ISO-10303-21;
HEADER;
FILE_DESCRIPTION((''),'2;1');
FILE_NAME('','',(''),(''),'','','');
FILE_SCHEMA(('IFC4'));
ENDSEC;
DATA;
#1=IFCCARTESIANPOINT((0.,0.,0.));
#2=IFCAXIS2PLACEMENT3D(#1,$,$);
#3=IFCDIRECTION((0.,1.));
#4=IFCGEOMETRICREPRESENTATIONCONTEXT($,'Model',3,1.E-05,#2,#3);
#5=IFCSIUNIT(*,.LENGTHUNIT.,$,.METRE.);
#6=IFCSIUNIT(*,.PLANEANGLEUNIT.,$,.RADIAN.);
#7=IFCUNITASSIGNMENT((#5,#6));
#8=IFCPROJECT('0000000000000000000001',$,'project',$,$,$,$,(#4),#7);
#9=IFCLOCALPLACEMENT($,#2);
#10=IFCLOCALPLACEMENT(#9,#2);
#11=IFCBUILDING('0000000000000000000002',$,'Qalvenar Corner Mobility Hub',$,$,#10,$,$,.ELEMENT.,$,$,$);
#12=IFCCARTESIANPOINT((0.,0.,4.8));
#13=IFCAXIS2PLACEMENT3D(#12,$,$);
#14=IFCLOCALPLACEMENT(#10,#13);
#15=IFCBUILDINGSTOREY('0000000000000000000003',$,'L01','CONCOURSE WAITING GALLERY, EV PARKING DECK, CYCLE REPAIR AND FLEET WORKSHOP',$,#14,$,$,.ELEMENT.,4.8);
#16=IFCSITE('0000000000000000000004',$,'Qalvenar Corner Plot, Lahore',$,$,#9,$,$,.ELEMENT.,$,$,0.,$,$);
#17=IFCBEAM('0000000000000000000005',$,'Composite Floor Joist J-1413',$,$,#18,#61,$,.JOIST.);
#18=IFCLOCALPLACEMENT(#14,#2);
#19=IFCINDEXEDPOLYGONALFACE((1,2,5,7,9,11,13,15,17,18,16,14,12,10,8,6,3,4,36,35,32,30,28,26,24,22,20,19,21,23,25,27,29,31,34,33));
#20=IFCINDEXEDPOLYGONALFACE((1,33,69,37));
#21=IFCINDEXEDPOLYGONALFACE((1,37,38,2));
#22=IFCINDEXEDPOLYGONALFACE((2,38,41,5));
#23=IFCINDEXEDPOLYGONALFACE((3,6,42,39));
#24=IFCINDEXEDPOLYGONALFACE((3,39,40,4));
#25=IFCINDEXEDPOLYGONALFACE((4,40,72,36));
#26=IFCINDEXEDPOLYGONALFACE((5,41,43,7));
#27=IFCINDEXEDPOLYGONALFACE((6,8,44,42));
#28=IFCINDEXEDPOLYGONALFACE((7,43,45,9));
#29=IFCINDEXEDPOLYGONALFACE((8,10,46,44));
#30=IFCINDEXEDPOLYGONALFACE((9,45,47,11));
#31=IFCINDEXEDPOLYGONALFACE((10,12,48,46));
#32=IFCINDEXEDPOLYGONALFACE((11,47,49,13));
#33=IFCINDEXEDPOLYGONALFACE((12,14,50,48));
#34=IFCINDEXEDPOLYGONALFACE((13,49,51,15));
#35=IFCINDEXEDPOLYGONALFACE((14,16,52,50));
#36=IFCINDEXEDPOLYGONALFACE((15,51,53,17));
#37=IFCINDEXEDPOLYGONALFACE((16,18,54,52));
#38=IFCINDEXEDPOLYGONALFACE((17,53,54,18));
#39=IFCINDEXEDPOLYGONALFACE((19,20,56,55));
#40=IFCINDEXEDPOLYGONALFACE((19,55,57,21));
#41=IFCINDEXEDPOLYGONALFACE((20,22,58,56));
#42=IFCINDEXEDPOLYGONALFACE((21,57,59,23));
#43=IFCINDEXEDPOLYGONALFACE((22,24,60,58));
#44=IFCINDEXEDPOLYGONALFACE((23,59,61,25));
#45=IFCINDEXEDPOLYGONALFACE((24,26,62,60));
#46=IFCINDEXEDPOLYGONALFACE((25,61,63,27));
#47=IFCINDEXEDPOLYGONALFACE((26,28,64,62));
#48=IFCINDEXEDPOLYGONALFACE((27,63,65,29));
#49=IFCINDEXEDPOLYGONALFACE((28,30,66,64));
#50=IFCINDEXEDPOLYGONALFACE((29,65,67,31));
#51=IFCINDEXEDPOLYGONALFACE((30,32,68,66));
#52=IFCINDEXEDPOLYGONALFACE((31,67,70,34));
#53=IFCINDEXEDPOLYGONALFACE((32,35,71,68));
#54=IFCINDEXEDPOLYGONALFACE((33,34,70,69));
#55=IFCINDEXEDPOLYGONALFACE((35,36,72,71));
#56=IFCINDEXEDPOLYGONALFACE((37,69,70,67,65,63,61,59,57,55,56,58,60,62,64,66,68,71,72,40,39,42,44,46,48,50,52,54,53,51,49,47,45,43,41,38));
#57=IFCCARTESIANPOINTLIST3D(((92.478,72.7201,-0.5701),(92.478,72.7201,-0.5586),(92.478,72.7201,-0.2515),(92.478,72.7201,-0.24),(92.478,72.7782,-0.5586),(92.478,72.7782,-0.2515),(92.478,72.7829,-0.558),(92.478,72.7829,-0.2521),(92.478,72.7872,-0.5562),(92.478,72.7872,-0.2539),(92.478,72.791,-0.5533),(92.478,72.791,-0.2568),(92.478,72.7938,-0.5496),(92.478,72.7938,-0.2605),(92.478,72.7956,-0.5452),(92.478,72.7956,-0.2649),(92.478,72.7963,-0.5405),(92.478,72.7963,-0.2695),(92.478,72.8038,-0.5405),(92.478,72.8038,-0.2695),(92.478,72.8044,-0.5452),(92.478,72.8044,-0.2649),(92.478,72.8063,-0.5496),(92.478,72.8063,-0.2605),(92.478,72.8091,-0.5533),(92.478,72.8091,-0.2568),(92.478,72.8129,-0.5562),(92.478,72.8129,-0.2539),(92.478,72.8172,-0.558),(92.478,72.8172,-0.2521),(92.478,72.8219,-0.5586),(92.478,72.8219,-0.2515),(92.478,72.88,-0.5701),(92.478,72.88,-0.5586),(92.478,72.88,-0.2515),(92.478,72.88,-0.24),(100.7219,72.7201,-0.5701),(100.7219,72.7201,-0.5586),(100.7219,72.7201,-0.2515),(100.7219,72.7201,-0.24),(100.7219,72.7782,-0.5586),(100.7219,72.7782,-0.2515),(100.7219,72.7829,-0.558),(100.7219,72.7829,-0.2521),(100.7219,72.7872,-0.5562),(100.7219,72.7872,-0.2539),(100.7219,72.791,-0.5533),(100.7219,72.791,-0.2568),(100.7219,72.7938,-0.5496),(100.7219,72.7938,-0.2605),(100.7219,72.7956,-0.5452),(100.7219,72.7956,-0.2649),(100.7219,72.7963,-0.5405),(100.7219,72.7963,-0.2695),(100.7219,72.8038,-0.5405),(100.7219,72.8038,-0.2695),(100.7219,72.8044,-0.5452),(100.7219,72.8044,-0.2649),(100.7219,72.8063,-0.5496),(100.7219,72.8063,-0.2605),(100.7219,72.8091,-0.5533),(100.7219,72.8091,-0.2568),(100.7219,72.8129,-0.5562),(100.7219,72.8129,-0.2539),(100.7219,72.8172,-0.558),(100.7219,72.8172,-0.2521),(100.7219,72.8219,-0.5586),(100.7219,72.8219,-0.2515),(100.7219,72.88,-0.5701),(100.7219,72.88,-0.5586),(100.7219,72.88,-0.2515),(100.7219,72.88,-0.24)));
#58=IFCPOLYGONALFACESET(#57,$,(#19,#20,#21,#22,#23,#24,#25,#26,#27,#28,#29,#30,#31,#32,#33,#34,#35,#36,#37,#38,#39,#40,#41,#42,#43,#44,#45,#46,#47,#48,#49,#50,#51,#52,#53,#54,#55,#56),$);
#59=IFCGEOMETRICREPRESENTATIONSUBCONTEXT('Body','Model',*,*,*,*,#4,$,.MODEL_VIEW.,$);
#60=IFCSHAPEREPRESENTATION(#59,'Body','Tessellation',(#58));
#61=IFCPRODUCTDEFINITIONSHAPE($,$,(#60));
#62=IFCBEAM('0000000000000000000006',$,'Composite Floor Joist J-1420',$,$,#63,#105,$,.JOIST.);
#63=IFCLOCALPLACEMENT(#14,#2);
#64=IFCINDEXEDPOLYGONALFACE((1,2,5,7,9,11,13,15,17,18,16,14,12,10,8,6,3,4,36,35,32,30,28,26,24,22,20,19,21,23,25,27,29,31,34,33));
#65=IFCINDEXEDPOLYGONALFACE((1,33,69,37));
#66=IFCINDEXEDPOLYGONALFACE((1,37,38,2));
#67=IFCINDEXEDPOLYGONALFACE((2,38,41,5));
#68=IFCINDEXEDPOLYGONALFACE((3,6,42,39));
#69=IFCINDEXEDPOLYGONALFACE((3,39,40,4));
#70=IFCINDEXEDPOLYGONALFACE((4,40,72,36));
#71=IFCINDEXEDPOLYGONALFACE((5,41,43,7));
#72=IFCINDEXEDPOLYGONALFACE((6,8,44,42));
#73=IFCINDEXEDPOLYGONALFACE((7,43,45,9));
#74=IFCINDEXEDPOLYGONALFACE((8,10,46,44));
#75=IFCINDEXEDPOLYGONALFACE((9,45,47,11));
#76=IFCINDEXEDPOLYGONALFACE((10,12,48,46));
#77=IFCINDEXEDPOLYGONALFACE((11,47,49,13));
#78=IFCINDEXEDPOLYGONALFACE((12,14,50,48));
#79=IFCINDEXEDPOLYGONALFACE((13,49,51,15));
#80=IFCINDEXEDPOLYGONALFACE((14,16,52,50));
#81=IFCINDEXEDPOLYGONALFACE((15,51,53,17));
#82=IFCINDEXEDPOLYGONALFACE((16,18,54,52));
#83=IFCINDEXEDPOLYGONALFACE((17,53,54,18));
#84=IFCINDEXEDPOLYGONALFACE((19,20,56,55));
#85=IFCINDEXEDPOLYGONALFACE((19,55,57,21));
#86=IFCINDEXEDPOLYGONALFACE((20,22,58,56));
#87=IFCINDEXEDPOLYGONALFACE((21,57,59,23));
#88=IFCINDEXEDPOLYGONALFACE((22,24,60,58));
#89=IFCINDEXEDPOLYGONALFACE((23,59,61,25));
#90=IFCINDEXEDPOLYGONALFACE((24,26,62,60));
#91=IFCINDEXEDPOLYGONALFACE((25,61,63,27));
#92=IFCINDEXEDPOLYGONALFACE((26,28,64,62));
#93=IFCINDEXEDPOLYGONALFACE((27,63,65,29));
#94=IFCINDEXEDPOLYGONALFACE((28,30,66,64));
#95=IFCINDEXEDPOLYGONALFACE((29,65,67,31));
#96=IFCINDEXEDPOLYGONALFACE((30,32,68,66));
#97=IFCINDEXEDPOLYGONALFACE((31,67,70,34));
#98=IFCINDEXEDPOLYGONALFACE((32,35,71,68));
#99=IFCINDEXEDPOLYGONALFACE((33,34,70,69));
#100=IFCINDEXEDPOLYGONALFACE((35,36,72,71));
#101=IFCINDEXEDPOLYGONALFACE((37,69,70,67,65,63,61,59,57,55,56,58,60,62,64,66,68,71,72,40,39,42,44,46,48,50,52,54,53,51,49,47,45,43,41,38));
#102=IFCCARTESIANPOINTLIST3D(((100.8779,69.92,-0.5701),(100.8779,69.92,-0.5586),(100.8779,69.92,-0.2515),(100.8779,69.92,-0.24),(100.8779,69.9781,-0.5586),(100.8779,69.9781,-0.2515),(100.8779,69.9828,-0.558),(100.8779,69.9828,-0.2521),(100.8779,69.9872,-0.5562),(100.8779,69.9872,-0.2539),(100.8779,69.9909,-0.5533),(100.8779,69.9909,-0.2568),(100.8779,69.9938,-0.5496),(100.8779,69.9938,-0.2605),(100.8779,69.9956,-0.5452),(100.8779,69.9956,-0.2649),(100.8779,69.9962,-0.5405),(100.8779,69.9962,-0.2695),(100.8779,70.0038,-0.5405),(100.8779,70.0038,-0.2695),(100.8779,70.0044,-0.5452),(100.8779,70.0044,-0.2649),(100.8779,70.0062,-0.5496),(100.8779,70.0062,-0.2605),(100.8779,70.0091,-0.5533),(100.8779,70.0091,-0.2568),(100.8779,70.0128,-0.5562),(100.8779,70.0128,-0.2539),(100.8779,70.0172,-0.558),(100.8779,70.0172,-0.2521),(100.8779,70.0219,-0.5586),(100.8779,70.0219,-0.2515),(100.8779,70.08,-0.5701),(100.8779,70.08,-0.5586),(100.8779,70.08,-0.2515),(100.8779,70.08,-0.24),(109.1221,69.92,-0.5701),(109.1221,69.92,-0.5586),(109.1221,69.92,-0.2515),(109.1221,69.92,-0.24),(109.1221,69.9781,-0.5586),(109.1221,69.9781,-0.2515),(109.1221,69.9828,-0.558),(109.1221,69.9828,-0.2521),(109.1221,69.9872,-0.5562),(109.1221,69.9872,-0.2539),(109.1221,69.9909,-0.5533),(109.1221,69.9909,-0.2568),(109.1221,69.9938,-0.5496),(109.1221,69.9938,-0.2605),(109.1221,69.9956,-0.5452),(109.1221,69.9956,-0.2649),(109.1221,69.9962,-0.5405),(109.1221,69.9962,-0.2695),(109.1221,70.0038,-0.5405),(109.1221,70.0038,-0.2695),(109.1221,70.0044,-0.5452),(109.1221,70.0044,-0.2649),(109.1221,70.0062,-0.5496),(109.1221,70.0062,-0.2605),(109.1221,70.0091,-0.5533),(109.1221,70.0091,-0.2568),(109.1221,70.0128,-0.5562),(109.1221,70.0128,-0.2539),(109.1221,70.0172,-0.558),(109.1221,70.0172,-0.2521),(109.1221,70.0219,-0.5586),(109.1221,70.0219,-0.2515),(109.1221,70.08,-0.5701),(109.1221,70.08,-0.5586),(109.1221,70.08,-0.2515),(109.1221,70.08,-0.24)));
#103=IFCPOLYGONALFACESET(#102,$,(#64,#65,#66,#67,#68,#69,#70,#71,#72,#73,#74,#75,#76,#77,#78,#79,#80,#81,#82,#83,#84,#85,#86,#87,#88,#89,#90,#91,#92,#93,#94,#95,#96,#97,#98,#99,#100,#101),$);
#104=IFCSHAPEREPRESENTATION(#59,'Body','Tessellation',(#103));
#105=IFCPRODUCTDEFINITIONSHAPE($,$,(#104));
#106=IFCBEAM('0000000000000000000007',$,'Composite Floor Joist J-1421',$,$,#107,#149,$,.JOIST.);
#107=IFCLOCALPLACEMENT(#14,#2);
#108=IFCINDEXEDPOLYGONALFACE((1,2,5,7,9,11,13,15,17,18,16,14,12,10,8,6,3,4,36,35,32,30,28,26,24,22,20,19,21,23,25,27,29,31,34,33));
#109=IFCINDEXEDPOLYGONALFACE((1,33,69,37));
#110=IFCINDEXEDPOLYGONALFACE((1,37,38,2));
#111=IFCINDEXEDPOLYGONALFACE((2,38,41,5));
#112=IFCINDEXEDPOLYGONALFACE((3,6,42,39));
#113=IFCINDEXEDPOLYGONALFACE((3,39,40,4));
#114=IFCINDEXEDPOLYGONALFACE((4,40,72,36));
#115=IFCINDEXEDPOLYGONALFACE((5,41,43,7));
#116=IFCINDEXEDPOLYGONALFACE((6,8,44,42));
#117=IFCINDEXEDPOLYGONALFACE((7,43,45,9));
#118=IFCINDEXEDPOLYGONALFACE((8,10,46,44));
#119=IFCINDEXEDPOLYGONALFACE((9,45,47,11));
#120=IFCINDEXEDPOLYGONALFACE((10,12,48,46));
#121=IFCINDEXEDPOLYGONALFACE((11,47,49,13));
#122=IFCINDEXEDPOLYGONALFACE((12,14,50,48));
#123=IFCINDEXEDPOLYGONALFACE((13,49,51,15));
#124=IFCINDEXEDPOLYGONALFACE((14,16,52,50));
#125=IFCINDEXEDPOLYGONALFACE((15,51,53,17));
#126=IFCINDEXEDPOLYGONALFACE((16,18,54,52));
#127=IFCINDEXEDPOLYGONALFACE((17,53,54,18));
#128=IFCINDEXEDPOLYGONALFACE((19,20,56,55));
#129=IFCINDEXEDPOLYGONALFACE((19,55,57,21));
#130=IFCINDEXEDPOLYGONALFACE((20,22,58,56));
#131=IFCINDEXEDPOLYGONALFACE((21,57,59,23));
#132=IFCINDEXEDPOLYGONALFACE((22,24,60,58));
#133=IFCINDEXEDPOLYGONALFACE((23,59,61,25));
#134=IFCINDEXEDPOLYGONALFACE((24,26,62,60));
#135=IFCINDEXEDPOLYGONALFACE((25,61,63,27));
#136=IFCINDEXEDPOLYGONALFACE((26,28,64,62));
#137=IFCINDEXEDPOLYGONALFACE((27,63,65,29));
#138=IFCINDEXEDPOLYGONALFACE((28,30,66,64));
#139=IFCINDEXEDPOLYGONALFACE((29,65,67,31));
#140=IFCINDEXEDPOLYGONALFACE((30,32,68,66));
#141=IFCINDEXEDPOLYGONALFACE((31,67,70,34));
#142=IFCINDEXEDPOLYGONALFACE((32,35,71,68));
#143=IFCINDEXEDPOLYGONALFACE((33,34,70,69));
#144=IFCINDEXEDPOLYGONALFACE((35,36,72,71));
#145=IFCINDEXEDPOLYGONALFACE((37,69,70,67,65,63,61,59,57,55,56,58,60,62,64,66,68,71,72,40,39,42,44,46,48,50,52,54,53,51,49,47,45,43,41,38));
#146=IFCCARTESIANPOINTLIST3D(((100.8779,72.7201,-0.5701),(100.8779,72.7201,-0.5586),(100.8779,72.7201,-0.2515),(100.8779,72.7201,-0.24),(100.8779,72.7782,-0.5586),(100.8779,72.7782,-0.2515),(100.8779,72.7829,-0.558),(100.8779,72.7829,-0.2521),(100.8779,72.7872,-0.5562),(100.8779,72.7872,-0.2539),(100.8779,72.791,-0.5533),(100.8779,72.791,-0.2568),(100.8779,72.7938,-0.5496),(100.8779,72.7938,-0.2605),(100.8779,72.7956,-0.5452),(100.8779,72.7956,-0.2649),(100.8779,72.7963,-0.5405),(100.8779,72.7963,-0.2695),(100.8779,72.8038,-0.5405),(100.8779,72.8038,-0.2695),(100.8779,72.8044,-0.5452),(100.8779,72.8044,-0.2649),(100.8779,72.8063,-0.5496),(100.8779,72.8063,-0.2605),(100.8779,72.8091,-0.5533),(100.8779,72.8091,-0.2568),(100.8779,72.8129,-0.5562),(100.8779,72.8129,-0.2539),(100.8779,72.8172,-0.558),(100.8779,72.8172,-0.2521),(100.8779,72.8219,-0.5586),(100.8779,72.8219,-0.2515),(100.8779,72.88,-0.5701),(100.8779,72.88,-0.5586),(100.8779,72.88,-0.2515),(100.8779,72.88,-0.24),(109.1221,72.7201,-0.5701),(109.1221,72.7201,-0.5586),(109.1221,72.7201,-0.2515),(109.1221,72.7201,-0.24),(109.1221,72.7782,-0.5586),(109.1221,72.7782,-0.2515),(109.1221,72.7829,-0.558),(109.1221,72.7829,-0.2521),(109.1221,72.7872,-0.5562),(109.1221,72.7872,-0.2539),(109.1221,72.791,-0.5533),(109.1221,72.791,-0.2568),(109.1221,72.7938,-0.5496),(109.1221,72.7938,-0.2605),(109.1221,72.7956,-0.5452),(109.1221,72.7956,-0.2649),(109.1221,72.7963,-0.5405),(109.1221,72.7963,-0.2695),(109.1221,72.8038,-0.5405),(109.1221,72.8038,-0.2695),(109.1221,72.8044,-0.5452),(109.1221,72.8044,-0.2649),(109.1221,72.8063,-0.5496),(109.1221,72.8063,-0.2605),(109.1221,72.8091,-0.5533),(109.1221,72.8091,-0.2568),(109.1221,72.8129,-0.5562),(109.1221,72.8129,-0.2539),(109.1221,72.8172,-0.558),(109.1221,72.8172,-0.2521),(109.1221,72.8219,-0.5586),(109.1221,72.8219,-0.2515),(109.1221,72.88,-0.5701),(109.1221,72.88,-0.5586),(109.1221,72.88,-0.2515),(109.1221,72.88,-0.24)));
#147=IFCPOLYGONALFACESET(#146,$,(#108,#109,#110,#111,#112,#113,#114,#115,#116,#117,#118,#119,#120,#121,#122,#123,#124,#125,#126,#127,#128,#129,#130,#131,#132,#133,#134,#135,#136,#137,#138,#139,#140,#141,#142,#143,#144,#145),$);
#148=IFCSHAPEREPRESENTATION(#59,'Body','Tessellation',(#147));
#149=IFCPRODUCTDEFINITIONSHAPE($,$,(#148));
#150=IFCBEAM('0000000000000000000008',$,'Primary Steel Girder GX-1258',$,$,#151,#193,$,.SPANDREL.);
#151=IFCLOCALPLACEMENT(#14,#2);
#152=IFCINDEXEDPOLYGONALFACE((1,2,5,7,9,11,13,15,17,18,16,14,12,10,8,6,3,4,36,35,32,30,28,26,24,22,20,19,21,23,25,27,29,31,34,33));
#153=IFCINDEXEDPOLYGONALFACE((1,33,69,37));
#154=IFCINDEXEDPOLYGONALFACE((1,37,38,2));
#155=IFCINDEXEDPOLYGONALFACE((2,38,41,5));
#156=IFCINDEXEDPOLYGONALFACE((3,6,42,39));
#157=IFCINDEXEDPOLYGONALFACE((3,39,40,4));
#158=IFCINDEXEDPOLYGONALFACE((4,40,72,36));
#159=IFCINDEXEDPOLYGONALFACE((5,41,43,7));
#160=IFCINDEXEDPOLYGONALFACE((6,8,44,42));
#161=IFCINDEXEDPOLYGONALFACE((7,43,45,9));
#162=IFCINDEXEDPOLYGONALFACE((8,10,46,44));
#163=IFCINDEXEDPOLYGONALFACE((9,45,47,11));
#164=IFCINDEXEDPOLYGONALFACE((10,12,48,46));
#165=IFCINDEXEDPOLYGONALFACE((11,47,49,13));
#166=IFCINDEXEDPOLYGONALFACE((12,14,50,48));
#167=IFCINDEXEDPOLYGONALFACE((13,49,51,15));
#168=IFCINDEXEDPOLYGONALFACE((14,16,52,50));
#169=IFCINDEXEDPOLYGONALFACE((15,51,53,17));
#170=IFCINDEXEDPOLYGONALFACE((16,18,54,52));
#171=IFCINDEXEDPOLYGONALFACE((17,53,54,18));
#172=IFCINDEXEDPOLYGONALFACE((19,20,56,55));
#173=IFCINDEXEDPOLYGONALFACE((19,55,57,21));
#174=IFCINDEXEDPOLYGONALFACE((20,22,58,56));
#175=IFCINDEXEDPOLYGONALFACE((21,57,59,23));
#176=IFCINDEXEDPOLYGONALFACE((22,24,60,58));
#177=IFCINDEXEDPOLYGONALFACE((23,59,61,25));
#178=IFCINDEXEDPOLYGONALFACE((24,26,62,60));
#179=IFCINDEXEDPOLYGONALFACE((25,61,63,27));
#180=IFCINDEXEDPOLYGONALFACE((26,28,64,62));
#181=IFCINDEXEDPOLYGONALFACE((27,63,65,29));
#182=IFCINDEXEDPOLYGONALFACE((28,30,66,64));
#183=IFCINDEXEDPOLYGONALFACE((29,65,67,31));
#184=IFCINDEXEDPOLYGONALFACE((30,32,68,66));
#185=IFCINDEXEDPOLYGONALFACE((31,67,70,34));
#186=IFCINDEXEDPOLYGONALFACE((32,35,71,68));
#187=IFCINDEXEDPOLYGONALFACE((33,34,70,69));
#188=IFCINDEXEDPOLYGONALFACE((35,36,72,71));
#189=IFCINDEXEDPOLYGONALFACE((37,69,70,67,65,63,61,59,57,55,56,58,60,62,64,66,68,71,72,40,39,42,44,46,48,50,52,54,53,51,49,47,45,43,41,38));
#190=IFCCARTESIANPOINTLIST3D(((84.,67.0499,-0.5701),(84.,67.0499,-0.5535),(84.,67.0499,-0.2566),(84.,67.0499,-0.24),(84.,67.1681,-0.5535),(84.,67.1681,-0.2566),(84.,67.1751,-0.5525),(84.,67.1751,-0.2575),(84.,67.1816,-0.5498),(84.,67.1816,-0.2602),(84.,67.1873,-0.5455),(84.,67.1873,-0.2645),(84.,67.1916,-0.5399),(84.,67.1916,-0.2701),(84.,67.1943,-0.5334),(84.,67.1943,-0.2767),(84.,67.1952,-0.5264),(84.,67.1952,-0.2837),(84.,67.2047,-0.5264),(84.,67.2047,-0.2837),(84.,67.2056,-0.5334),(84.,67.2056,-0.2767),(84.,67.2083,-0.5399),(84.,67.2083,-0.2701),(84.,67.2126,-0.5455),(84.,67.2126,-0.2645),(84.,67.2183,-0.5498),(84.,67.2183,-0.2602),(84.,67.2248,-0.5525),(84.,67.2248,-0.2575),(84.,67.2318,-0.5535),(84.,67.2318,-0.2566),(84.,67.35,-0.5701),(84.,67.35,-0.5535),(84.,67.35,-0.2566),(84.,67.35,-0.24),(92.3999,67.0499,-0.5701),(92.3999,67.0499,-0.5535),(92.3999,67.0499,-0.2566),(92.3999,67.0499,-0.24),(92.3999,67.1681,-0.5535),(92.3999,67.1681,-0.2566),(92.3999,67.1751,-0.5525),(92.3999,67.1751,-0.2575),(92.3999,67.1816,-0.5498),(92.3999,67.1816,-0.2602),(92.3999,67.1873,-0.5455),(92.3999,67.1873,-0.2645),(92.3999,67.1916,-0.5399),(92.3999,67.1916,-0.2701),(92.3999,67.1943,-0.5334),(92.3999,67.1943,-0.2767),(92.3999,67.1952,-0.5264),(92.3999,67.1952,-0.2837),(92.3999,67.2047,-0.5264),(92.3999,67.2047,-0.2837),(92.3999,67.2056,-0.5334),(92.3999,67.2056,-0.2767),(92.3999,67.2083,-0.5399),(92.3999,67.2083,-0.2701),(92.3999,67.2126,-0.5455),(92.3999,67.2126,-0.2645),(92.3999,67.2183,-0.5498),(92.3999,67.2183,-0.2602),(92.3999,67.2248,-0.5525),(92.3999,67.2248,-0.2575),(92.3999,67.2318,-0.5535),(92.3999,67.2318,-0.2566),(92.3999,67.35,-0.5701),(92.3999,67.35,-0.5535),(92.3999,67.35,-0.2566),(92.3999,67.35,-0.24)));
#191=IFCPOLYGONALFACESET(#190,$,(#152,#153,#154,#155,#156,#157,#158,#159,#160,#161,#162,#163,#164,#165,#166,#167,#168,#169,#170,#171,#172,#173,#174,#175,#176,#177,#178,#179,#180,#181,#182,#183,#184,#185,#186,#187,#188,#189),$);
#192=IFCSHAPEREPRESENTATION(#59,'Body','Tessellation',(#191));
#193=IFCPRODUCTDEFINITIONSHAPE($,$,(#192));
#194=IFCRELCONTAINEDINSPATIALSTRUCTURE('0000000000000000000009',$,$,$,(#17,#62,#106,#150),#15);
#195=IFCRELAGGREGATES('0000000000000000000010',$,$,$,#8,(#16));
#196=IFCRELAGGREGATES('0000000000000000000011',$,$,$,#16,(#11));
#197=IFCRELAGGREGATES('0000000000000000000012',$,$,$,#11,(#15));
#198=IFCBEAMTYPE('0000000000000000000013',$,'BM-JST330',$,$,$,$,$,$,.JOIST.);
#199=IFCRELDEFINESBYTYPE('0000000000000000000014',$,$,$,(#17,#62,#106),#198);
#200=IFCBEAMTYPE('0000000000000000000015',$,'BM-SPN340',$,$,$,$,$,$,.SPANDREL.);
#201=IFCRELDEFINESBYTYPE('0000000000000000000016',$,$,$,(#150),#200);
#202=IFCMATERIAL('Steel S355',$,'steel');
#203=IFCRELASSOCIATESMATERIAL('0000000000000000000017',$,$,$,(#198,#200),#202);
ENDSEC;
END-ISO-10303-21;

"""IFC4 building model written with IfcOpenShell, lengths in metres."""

from ifc_helpers import new_model, si_unit, direction, frame, origin, origin_2d, place, context, subcontext, project, spatial, i_section, extrude, material, material_profile, profile_set, type_object, element, save


model = new_model("IFC4")

# Units and contexts
model_context = context("Model", 3, precision=1e-05, world=origin(), true_north=direction((0.0, 1.0)))
body_context = subcontext(model_context, "Body", "Model", "MODEL_VIEW")
ifc_project = project(units=[si_unit("LENGTHUNIT", "METRE"), si_unit("PLANEANGLEUNIT", "RADIAN")], contexts=[model_context])

# Site, building, storey
site_placement = place(None, origin())
site = spatial("IfcSite", under=ifc_project, at=site_placement, Name="Qalvenar Corner Plot, Lahore", CompositionType="ELEMENT", RefElevation=0.0)
building_placement = place(site_placement, origin())
building = spatial("IfcBuilding", under=site, at=building_placement, Name="Qalvenar Corner Mobility Hub", CompositionType="ELEMENT")
storey_placement = place(building_placement, frame((0.0, 0.0, 4.8)))
storey = spatial("IfcBuildingStorey", under=building, at=storey_placement, Name="L01", Description="CONCOURSE WAITING GALLERY, EV PARKING DECK, CYCLE REPAIR AND FLEET WORKSHOP", CompositionType="ELEMENT", Elevation=4.8)

# Shared definitions
ifc_material = material(Name="Steel S355", Category="steel")

# Beams
ifc_material_profile_1 = material_profile(ifc_material, i_section(OverallWidth=0.1599, OverallDepth=0.3301, WebThickness=0.0076, FlangeThickness=0.0115, FilletRadius=0.0181, at=origin_2d()), Name="IPE330")
ifc_profile_set_1 = profile_set([ifc_material_profile_1], Name="Steel S355")
beam_type_1 = type_object("IfcBeamType", Name="BM-JST330", PredefinedType="JOIST", material=ifc_profile_set_1)
for number, where, z_axis, x_axis, name in (
    (1, (92.478, 72.8, -0.405), (1.0, 0.0, 0.0), (0.0, 1.0, 0.0), "Composite Floor Joist J-1413"),
):
    element("IfcBeam", number, at=place(storey_placement, frame(where, z_axis=z_axis, x_axis=x_axis)), inside=storey, type_object=beam_type_1, Name=name, PredefinedType="JOIST", context=body_context, shape_type="SweptSolid", body=[
        extrude(i_section(OverallWidth=0.1599, OverallDepth=0.3301, WebThickness=0.0076, FlangeThickness=0.0115, FilletRadius=0.0181, at=origin_2d()), origin(), (0.0, 0.0, 1.0), 8.2439),
    ])
for number, where, z_axis, x_axis, name in (
    (2, (100.8779, 70.0, -0.405), (1.0, 0.0, 0.0), (0.0, 1.0, 0.0), "Composite Floor Joist J-1420"),
    (3, (100.8779, 72.8, -0.405), (1.0, 0.0, 0.0), (0.0, 1.0, 0.0), "Composite Floor Joist J-1421"),
):
    element("IfcBeam", number, at=place(storey_placement, frame(where, z_axis=z_axis, x_axis=x_axis)), inside=storey, type_object=beam_type_1, Name=name, PredefinedType="JOIST", context=body_context, shape_type="SweptSolid", body=[
        extrude(i_section(OverallWidth=0.1599, OverallDepth=0.3301, WebThickness=0.0076, FlangeThickness=0.0115, FilletRadius=0.0181, at=origin_2d()), origin(), (0.0, 0.0, 1.0), 8.2441),
    ])
ifc_material_profile_2 = material_profile(ifc_material, i_section(OverallWidth=0.3, OverallDepth=0.3301, WebThickness=0.0095, FlangeThickness=0.0166, FilletRadius=0.0271, at=origin_2d()), Name="HEA340")
ifc_profile_set_2 = profile_set([ifc_material_profile_2], Name="Steel S355")
beam_type_2 = type_object("IfcBeamType", Name="BM-SPN340", PredefinedType="SPANDREL", material=ifc_profile_set_2)
beam_1_placement = place(storey_placement, frame((84.0, 67.2, -0.405), z_axis=(1.0, 0.0, 0.0), x_axis=(0.0, 1.0, 0.0)))
element("IfcBeam", 4, at=beam_1_placement, inside=storey, type_object=beam_type_2, Name="Primary Steel Girder GX-1258", PredefinedType="SPANDREL", context=body_context, shape_type="SweptSolid", body=[
    extrude(i_section(OverallWidth=0.3, OverallDepth=0.3301, WebThickness=0.0095, FlangeThickness=0.0166, FilletRadius=0.0271, at=origin_2d()), origin(), (0.0, 0.0, 1.0), 8.3999),
])

save(model, "model.ifc")
